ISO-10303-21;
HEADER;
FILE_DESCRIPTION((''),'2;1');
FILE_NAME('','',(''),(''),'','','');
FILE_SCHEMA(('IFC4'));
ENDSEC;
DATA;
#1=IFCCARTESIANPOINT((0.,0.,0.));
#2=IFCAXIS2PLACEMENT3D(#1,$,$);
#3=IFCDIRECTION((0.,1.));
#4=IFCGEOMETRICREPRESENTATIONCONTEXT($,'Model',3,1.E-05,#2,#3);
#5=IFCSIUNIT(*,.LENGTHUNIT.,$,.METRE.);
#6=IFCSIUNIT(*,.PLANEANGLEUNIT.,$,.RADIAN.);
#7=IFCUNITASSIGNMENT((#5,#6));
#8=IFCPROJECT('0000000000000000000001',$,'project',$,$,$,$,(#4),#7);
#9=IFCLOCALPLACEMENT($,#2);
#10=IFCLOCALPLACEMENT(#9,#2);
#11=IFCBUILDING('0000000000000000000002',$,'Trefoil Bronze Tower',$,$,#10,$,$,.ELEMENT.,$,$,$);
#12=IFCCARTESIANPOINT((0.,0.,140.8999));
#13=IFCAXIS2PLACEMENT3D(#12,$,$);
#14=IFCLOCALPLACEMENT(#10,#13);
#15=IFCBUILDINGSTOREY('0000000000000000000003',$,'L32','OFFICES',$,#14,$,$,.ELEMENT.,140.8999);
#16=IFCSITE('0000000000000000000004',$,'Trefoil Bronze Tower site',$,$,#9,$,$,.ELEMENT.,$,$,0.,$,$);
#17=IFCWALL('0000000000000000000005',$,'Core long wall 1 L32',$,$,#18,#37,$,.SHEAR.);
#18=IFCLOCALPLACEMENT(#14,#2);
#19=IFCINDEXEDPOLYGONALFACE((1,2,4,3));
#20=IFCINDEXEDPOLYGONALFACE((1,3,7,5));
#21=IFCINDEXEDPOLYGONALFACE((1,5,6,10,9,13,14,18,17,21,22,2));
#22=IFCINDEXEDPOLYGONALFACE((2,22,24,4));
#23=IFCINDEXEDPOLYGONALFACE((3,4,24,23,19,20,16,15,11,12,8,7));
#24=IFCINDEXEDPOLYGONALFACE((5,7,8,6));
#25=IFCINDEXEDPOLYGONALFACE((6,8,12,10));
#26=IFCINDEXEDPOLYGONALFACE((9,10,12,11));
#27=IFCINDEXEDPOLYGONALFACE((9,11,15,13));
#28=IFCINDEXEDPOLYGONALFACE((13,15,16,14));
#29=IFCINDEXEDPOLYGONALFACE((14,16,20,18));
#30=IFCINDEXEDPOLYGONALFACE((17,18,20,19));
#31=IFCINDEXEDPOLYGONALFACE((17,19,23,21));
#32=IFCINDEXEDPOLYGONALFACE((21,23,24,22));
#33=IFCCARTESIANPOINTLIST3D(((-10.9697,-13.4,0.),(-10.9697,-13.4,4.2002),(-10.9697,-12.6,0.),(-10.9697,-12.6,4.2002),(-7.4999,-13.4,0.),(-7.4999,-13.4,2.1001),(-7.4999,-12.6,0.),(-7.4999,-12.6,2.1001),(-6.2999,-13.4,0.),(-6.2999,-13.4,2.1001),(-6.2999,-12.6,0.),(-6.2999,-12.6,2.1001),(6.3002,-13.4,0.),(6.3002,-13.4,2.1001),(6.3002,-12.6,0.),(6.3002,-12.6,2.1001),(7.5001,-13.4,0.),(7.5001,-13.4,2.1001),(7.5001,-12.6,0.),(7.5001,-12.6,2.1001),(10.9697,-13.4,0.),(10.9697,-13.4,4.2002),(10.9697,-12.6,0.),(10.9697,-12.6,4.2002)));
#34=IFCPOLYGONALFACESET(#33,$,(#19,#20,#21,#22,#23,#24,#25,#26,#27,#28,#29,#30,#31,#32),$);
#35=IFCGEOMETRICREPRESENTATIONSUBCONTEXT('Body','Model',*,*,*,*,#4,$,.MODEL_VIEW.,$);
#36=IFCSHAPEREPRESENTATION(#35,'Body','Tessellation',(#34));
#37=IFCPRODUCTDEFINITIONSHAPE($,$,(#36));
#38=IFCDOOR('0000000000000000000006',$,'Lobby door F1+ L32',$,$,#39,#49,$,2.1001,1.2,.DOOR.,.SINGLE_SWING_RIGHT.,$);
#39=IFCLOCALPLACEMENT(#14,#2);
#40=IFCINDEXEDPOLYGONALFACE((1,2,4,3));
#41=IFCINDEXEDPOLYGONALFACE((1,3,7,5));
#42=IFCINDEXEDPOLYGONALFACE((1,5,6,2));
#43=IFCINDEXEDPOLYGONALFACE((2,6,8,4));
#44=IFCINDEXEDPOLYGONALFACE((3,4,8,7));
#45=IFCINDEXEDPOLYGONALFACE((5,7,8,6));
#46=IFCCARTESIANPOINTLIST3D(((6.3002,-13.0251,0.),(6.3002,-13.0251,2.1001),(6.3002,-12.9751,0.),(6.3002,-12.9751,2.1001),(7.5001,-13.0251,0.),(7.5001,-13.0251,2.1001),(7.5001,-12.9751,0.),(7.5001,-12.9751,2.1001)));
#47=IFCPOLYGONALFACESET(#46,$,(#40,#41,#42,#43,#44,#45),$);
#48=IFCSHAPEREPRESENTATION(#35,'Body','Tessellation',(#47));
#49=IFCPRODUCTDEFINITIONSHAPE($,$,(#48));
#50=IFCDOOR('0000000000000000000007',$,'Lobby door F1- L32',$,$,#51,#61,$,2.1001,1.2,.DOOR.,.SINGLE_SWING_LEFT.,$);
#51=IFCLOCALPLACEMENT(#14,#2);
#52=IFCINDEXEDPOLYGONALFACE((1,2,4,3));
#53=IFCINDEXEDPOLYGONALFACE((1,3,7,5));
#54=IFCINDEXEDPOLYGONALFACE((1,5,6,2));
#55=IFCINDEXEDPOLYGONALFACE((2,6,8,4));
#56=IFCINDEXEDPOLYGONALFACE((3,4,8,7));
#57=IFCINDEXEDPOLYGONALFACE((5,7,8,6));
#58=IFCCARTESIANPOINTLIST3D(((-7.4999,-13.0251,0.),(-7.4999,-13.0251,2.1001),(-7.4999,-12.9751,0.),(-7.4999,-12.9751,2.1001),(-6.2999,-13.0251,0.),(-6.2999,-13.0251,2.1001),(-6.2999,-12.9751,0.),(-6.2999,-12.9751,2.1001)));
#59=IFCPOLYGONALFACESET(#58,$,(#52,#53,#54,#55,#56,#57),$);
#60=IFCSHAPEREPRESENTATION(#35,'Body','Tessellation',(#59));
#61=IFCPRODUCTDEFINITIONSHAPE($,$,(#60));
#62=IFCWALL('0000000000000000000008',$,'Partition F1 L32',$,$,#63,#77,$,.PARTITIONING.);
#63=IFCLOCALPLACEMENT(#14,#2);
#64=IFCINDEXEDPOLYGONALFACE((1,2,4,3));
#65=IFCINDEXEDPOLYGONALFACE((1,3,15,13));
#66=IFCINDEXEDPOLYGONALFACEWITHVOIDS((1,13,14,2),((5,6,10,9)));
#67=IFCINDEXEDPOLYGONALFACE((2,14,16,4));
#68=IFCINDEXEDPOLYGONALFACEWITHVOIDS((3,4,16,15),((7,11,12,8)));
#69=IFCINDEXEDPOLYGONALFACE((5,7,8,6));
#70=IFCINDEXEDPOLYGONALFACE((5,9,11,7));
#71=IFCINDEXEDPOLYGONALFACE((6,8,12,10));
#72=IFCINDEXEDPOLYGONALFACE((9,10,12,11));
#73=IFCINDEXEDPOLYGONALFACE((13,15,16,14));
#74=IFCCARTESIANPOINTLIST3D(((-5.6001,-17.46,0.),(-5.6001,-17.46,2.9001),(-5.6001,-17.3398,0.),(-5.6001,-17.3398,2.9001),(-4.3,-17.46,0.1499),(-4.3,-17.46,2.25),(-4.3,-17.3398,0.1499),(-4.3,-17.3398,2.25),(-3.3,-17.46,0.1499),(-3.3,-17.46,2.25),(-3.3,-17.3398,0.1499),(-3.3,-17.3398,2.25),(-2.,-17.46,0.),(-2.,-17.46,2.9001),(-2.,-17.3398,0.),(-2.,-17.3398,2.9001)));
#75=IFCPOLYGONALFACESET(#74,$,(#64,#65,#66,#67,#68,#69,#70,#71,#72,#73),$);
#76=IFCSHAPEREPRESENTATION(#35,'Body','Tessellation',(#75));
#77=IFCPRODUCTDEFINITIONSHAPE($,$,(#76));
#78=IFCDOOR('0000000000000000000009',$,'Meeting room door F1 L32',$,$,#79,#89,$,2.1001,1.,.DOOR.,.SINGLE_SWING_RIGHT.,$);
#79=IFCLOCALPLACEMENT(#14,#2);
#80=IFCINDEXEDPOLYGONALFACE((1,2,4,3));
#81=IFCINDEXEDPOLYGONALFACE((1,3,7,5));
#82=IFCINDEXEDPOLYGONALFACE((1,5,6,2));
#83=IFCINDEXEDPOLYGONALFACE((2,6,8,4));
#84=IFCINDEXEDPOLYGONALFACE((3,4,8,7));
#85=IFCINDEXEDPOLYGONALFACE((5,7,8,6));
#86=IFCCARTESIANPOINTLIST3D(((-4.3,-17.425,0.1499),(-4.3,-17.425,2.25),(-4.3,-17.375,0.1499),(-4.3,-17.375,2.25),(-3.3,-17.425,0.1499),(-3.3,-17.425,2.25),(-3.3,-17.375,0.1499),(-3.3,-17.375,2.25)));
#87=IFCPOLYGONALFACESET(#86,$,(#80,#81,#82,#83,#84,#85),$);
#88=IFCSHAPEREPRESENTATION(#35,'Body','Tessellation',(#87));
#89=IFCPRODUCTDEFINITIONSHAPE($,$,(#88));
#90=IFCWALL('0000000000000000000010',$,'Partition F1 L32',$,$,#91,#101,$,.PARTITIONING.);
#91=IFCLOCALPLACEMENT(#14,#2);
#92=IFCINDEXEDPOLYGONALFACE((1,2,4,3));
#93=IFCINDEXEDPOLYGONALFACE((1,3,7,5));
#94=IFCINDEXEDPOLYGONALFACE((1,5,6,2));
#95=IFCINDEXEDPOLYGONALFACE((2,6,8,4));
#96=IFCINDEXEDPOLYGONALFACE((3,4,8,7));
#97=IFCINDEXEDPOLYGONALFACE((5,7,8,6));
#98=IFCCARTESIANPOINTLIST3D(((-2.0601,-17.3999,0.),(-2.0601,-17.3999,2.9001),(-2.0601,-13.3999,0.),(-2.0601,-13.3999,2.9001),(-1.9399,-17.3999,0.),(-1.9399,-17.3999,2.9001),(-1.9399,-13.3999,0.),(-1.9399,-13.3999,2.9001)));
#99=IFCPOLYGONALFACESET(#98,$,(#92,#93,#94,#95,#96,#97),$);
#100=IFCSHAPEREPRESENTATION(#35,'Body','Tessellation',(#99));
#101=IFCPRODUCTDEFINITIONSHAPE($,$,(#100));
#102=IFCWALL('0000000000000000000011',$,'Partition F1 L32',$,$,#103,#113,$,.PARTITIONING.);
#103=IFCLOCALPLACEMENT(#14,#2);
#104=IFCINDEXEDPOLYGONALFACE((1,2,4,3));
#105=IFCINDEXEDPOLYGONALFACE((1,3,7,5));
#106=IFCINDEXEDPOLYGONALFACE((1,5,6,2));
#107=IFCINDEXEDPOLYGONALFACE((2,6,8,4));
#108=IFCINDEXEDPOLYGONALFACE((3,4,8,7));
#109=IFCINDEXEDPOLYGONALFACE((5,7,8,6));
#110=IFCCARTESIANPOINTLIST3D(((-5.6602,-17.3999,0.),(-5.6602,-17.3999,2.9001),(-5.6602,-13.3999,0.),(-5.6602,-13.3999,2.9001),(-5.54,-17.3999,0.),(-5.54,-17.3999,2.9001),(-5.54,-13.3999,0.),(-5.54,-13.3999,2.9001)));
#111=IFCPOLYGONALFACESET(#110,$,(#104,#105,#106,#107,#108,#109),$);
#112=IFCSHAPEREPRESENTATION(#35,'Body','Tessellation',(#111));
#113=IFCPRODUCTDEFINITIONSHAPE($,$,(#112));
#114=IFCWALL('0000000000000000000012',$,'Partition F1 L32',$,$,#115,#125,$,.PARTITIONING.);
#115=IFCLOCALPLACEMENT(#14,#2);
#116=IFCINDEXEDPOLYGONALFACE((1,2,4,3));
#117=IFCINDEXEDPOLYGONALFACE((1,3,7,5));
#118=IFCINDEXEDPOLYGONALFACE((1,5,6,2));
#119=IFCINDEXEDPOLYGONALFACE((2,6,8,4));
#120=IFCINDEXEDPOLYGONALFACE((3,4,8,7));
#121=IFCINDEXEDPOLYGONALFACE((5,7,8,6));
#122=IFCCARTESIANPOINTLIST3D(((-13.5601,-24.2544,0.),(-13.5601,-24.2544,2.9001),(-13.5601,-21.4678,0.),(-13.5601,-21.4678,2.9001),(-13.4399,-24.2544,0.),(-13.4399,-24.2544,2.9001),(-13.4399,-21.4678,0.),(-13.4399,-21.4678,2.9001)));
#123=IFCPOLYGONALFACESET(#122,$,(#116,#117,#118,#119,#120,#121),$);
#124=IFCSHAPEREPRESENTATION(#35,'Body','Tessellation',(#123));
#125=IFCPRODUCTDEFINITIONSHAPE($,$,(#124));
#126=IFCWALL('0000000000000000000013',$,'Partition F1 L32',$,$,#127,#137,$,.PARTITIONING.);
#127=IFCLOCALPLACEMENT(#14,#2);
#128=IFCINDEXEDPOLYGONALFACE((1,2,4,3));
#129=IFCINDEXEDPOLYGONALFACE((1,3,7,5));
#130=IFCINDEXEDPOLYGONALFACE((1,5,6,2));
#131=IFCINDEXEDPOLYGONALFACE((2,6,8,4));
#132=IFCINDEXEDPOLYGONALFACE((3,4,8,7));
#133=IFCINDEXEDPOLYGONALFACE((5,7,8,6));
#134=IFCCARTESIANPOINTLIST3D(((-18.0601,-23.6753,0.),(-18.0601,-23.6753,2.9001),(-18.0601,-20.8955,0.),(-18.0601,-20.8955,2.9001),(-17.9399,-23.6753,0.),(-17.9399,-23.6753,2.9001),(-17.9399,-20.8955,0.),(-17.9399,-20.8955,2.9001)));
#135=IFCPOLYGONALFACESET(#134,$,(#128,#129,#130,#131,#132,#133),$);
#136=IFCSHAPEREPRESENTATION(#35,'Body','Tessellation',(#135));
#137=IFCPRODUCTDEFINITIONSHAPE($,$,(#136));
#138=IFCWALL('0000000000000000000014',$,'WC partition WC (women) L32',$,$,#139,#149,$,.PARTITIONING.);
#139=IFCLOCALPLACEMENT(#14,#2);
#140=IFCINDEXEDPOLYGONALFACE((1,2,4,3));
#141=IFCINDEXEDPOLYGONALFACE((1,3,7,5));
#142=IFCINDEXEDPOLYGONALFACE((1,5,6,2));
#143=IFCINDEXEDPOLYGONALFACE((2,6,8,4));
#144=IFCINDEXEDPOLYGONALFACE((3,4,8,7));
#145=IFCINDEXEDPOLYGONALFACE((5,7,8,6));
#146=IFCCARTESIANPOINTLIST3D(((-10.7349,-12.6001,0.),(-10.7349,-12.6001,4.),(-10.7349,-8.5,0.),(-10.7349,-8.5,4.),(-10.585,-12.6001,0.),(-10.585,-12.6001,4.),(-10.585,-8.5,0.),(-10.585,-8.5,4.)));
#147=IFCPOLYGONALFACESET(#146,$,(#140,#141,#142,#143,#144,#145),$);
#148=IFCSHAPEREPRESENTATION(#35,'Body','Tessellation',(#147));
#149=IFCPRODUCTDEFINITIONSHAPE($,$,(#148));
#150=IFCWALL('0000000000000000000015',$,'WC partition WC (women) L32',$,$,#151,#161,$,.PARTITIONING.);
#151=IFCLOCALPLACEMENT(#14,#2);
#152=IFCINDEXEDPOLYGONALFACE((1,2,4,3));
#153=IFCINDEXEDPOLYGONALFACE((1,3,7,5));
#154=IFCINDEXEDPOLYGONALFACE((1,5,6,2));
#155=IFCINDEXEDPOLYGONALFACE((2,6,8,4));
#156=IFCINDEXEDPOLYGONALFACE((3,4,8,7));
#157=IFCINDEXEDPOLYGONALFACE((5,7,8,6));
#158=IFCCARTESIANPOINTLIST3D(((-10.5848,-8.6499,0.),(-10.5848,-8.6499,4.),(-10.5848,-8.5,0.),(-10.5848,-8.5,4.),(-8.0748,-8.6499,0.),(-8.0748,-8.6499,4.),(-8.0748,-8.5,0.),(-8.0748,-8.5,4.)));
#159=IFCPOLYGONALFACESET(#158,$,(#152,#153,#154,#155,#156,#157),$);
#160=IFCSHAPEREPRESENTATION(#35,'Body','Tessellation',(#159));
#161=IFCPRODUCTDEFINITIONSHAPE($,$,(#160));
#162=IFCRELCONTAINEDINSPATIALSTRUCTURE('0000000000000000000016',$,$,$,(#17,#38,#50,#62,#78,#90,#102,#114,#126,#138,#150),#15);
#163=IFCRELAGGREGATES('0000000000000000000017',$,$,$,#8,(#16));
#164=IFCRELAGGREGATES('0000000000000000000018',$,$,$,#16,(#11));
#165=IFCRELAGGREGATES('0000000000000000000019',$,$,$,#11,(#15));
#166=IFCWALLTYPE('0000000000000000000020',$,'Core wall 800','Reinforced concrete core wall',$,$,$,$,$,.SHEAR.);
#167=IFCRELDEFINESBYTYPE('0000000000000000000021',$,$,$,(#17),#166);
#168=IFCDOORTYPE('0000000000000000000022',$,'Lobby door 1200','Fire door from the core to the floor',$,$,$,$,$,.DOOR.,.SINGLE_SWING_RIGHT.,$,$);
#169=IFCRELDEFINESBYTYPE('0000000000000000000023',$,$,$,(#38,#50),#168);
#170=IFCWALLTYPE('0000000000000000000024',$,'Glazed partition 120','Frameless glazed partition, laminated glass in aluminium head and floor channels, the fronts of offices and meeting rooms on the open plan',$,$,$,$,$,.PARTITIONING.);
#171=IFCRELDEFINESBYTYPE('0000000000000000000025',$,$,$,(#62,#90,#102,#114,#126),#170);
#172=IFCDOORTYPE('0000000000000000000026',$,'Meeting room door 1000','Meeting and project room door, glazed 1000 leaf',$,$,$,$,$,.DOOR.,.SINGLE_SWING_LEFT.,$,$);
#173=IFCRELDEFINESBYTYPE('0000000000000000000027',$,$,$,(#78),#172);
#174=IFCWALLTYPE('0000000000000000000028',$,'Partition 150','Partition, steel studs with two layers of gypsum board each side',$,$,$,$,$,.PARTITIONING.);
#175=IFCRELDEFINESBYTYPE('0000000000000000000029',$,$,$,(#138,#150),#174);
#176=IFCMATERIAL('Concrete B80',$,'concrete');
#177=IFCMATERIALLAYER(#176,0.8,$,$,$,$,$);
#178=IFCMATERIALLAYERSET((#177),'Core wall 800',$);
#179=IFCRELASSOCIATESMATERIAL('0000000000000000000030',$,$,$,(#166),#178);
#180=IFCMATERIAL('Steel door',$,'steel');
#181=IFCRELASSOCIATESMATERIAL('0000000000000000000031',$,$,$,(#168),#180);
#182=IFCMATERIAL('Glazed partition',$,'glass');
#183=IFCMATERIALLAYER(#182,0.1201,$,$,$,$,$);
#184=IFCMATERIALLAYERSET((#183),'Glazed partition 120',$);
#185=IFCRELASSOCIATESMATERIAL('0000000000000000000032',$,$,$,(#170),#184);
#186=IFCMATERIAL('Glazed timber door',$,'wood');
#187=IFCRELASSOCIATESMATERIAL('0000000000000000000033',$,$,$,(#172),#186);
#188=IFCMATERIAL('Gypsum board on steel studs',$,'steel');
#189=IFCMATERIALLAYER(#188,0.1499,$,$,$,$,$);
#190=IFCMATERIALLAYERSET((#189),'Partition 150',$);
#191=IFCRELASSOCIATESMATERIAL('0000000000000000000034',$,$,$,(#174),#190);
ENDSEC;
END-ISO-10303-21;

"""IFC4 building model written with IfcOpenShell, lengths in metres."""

from ifc_helpers import new_model, si_unit, direction, frame, frame_2d, origin, place, context, subcontext, project, spatial, rectangle, extrude, material, layer, layer_set, type_object, element, fill, save


model = new_model("IFC4")

# Units and contexts
model_context = context("Model", 3, precision=1e-05, world=origin(), true_north=direction((0.0, 1.0)))
body_context = subcontext(model_context, "Body", "Model", "MODEL_VIEW")
ifc_project = project(units=[si_unit("LENGTHUNIT", "METRE"), si_unit("PLANEANGLEUNIT", "RADIAN")], contexts=[model_context])

# Site, building, storey
site_placement = place(None, origin())
site = spatial("IfcSite", under=ifc_project, at=site_placement, Name="Trefoil Bronze Tower site", CompositionType="ELEMENT", RefElevation=0.0)
building_placement = place(site_placement, origin())
building = spatial("IfcBuilding", under=site, at=building_placement, Name="Trefoil Bronze Tower", CompositionType="ELEMENT")
storey_placement = place(building_placement, frame((0.0, 0.0, 140.8999)))
storey = spatial("IfcBuildingStorey", under=building, at=storey_placement, Name="L32", Description="OFFICES", CompositionType="ELEMENT", Elevation=140.8999)

# Wall, openings, doors
ifc_material_1 = material(Name="Concrete B80", Category="concrete")
ifc_layer_1 = layer(ifc_material_1, 0.8)
ifc_layer_set_1 = layer_set([ifc_layer_1], Name="Core wall 800")
wall_type_1 = type_object("IfcWallType", Name="Core wall 800", Description="Reinforced concrete core wall", PredefinedType="SHEAR", material=ifc_layer_set_1)
wall_1_placement = place(storey_placement, frame((-10.9697, -13.0, 0.0), z_axis=(0.0, 0.0, 1.0), x_axis=(1.0, 0.0, 0.0)))
wall_1 = element("IfcWall", 1, at=wall_1_placement, inside=storey, type_object=wall_type_1, Name="Core long wall 1 L32", PredefinedType="SHEAR", context=body_context, shape_type="SweptSolid", body=[
    extrude(rectangle(XDim=21.9395, YDim=0.8, at=frame_2d((10.9697, 0.0))), origin(), (0.0, 0.0, 1.0), 4.2002),
])
opening_1_placement = place(wall_1_placement, frame((17.2698, 0.0, 0.0)))
opening_1 = element("IfcOpeningElement", 2, at=opening_1_placement, cuts=wall_1, PredefinedType="OPENING", context=body_context, shape_type="SweptSolid", body=[
    extrude(rectangle(XDim=1.2, YDim=2.1001, at=frame_2d((0.6001, 1.05))), frame((0.0, 0.4099, 0.0), z_axis=(0.0, -1.0, 0.0), x_axis=(1.0, 0.0, 0.0)), (0.0, 0.0, 1.0), 0.8201),
])
opening_2_placement = place(wall_1_placement, frame((3.4697, 0.0, 0.0)))
opening_2 = element("IfcOpeningElement", 3, at=opening_2_placement, cuts=wall_1, PredefinedType="OPENING", context=body_context, shape_type="SweptSolid", body=[
    extrude(rectangle(XDim=1.2, YDim=2.1001, at=frame_2d((0.6001, 1.05))), frame((0.0, 0.4099, 0.0), z_axis=(0.0, -1.0, 0.0), x_axis=(1.0, 0.0, 0.0)), (0.0, 0.0, 1.0), 0.8201),
])
ifc_material_2 = material(Name="Steel door", Category="steel")
door_type_1 = type_object("IfcDoorType", Name="Lobby door 1200", Description="Fire door from the core to the floor", OperationType="SINGLE_SWING_RIGHT", PredefinedType="DOOR", material=ifc_material_2)
door_1_placement = place(opening_1_placement, origin())
door_1 = element("IfcDoor", 4, at=door_1_placement, inside=storey, type_object=door_type_1, Name="Lobby door F1+ L32", OperationType="SINGLE_SWING_RIGHT", OverallHeight=2.1001, OverallWidth=1.2, PredefinedType="DOOR", context=body_context, shape_type="SweptSolid", body=[
    extrude(rectangle(XDim=1.2, YDim=2.1001, at=frame_2d((0.6001, 1.05))), frame((0.0, 0.0249, 0.0), z_axis=(0.0, -1.0, 0.0), x_axis=(1.0, 0.0, 0.0)), (0.0, 0.0, 1.0), 0.05),
])
fill(opening_1, door_1)
door_2_placement = place(opening_2_placement, origin())
door_2 = element("IfcDoor", 5, at=door_2_placement, inside=storey, type_object=door_type_1, Name="Lobby door F1- L32", OperationType="SINGLE_SWING_LEFT", OverallHeight=2.1001, OverallWidth=1.2, PredefinedType="DOOR", context=body_context, shape_type="SweptSolid", body=[
    extrude(rectangle(XDim=1.2, YDim=2.1001, at=frame_2d((0.6001, 1.05))), frame((0.0, 0.0249, 0.0), z_axis=(0.0, -1.0, 0.0), x_axis=(1.0, 0.0, 0.0)), (0.0, 0.0, 1.0), 0.05),
])
fill(opening_2, door_2)

# Wall, opening, door
ifc_material_3 = material(Name="Glazed partition", Category="glass")
ifc_layer_2 = layer(ifc_material_3, 0.1201)
ifc_layer_set_2 = layer_set([ifc_layer_2], Name="Glazed partition 120")
wall_type_2 = type_object("IfcWallType", Name="Glazed partition 120", Description="Frameless glazed partition, laminated glass in aluminium head and floor channels, the fronts of offices and meeting rooms on the open plan", PredefinedType="PARTITIONING", material=ifc_layer_set_2)
wall_2_placement = place(storey_placement, frame((-5.6001, -17.3999, 0.0), z_axis=(0.0, 0.0, 1.0), x_axis=(1.0, 0.0, 0.0)))
wall_2 = element("IfcWall", 6, at=wall_2_placement, inside=storey, type_object=wall_type_2, Name="Partition F1 L32", PredefinedType="PARTITIONING", context=body_context, shape_type="SweptSolid", body=[
    extrude(rectangle(XDim=3.6001, YDim=0.1201, at=frame_2d((1.8, 0.0))), origin(), (0.0, 0.0, 1.0), 2.9001),
])
opening_3_placement = place(wall_2_placement, frame((1.3, 0.0, 0.1499)))
opening_3 = element("IfcOpeningElement", 7, at=opening_3_placement, cuts=wall_2, PredefinedType="OPENING", context=body_context, shape_type="SweptSolid", body=[
    extrude(rectangle(XDim=1.0, YDim=2.1001, at=frame_2d((0.5, 1.05))), frame((0.0, 0.0701, 0.0), z_axis=(0.0, -1.0, 0.0), x_axis=(1.0, 0.0, 0.0)), (0.0, 0.0, 1.0), 0.1401),
])
ifc_material_4 = material(Name="Glazed timber door", Category="wood")
door_type_2 = type_object("IfcDoorType", Name="Meeting room door 1000", Description="Meeting and project room door, glazed 1000 leaf", OperationType="SINGLE_SWING_LEFT", PredefinedType="DOOR", material=ifc_material_4)
door_3_placement = place(opening_3_placement, origin())
door_3 = element("IfcDoor", 8, at=door_3_placement, inside=storey, type_object=door_type_2, Name="Meeting room door F1 L32", OperationType="SINGLE_SWING_RIGHT", OverallHeight=2.1001, OverallWidth=1.0, PredefinedType="DOOR", context=body_context, shape_type="SweptSolid", body=[
    extrude(rectangle(XDim=1.0, YDim=2.1001, at=frame_2d((0.5, 1.05))), frame((0.0, 0.0249, 0.0), z_axis=(0.0, -1.0, 0.0), x_axis=(1.0, 0.0, 0.0)), (0.0, 0.0, 1.0), 0.05),
])
fill(opening_3, door_3)

# Walls
for number, where, z_axis, x_axis, name in (
    (9, (-2.0, -13.3999, 0.0), (0.0, 0.0, 1.0), (0.0, -1.0, 0.0), "Partition F1 L32"),
    (10, (-5.6001, -13.3999, 0.0), (0.0, 0.0, 1.0), (0.0, -1.0, 0.0), "Partition F1 L32"),
):
    element("IfcWall", number, at=place(storey_placement, frame(where, z_axis=z_axis, x_axis=x_axis)), inside=storey, type_object=wall_type_2, Name=name, PredefinedType="PARTITIONING", context=body_context, shape_type="SweptSolid", body=[
        extrude(rectangle(XDim=4.0, YDim=0.1201, at=frame_2d((2.0, 0.0))), origin(), (0.0, 0.0, 1.0), 2.9001),
    ])
wall_3_placement = place(storey_placement, frame((-13.5, -21.4678, 0.0), z_axis=(0.0, 0.0, 1.0), x_axis=(0.0, -1.0, 0.0)))
element("IfcWall", 11, at=wall_3_placement, inside=storey, type_object=wall_type_2, Name="Partition F1 L32", PredefinedType="PARTITIONING", context=body_context, shape_type="SweptSolid", body=[
    extrude(rectangle(XDim=2.7866, YDim=0.1201, at=frame_2d((1.3933, 0.0))), origin(), (0.0, 0.0, 1.0), 2.9001),
])
wall_4_placement = place(storey_placement, frame((-18.0, -20.8955, 0.0), z_axis=(0.0, 0.0, 1.0), x_axis=(0.0, -1.0, 0.0)))
element("IfcWall", 12, at=wall_4_placement, inside=storey, type_object=wall_type_2, Name="Partition F1 L32", PredefinedType="PARTITIONING", context=body_context, shape_type="SweptSolid", body=[
    extrude(rectangle(XDim=2.7798, YDim=0.1201, at=frame_2d((1.3899, 0.0))), origin(), (0.0, 0.0, 1.0), 2.9001),
])
ifc_material_5 = material(Name="Gypsum board on steel studs", Category="steel")
ifc_layer_3 = layer(ifc_material_5, 0.1499)
ifc_layer_set_3 = layer_set([ifc_layer_3], Name="Partition 150")
wall_type_3 = type_object("IfcWallType", Name="Partition 150", Description="Partition, steel studs with two layers of gypsum board each side", PredefinedType="PARTITIONING", material=ifc_layer_set_3)
wall_5_placement = place(storey_placement, frame((-10.6599, -8.5, 0.0), z_axis=(0.0, 0.0, 1.0), x_axis=(0.0, -1.0, 0.0)))
element("IfcWall", 13, at=wall_5_placement, inside=storey, type_object=wall_type_3, Name="WC partition WC (women) L32", PredefinedType="PARTITIONING", context=body_context, shape_type="SweptSolid", body=[
    extrude(rectangle(XDim=4.1001, YDim=0.1499, at=frame_2d((2.05, 0.0))), origin(), (0.0, 0.0, 1.0), 4.0),
])
wall_6_placement = place(storey_placement, frame((-8.075, -8.575, 0.0), z_axis=(0.0, 0.0, 1.0), x_axis=(-1.0, 0.0, 0.0)))
element("IfcWall", 14, at=wall_6_placement, inside=storey, type_object=wall_type_3, Name="WC partition WC (women) L32", PredefinedType="PARTITIONING", context=body_context, shape_type="SweptSolid", body=[
    extrude(rectangle(XDim=2.51, YDim=0.1499, at=frame_2d((1.2549, 0.0))), origin(), (0.0, 0.0, 1.0), 4.0),
])

save(model, "model.ifc")
